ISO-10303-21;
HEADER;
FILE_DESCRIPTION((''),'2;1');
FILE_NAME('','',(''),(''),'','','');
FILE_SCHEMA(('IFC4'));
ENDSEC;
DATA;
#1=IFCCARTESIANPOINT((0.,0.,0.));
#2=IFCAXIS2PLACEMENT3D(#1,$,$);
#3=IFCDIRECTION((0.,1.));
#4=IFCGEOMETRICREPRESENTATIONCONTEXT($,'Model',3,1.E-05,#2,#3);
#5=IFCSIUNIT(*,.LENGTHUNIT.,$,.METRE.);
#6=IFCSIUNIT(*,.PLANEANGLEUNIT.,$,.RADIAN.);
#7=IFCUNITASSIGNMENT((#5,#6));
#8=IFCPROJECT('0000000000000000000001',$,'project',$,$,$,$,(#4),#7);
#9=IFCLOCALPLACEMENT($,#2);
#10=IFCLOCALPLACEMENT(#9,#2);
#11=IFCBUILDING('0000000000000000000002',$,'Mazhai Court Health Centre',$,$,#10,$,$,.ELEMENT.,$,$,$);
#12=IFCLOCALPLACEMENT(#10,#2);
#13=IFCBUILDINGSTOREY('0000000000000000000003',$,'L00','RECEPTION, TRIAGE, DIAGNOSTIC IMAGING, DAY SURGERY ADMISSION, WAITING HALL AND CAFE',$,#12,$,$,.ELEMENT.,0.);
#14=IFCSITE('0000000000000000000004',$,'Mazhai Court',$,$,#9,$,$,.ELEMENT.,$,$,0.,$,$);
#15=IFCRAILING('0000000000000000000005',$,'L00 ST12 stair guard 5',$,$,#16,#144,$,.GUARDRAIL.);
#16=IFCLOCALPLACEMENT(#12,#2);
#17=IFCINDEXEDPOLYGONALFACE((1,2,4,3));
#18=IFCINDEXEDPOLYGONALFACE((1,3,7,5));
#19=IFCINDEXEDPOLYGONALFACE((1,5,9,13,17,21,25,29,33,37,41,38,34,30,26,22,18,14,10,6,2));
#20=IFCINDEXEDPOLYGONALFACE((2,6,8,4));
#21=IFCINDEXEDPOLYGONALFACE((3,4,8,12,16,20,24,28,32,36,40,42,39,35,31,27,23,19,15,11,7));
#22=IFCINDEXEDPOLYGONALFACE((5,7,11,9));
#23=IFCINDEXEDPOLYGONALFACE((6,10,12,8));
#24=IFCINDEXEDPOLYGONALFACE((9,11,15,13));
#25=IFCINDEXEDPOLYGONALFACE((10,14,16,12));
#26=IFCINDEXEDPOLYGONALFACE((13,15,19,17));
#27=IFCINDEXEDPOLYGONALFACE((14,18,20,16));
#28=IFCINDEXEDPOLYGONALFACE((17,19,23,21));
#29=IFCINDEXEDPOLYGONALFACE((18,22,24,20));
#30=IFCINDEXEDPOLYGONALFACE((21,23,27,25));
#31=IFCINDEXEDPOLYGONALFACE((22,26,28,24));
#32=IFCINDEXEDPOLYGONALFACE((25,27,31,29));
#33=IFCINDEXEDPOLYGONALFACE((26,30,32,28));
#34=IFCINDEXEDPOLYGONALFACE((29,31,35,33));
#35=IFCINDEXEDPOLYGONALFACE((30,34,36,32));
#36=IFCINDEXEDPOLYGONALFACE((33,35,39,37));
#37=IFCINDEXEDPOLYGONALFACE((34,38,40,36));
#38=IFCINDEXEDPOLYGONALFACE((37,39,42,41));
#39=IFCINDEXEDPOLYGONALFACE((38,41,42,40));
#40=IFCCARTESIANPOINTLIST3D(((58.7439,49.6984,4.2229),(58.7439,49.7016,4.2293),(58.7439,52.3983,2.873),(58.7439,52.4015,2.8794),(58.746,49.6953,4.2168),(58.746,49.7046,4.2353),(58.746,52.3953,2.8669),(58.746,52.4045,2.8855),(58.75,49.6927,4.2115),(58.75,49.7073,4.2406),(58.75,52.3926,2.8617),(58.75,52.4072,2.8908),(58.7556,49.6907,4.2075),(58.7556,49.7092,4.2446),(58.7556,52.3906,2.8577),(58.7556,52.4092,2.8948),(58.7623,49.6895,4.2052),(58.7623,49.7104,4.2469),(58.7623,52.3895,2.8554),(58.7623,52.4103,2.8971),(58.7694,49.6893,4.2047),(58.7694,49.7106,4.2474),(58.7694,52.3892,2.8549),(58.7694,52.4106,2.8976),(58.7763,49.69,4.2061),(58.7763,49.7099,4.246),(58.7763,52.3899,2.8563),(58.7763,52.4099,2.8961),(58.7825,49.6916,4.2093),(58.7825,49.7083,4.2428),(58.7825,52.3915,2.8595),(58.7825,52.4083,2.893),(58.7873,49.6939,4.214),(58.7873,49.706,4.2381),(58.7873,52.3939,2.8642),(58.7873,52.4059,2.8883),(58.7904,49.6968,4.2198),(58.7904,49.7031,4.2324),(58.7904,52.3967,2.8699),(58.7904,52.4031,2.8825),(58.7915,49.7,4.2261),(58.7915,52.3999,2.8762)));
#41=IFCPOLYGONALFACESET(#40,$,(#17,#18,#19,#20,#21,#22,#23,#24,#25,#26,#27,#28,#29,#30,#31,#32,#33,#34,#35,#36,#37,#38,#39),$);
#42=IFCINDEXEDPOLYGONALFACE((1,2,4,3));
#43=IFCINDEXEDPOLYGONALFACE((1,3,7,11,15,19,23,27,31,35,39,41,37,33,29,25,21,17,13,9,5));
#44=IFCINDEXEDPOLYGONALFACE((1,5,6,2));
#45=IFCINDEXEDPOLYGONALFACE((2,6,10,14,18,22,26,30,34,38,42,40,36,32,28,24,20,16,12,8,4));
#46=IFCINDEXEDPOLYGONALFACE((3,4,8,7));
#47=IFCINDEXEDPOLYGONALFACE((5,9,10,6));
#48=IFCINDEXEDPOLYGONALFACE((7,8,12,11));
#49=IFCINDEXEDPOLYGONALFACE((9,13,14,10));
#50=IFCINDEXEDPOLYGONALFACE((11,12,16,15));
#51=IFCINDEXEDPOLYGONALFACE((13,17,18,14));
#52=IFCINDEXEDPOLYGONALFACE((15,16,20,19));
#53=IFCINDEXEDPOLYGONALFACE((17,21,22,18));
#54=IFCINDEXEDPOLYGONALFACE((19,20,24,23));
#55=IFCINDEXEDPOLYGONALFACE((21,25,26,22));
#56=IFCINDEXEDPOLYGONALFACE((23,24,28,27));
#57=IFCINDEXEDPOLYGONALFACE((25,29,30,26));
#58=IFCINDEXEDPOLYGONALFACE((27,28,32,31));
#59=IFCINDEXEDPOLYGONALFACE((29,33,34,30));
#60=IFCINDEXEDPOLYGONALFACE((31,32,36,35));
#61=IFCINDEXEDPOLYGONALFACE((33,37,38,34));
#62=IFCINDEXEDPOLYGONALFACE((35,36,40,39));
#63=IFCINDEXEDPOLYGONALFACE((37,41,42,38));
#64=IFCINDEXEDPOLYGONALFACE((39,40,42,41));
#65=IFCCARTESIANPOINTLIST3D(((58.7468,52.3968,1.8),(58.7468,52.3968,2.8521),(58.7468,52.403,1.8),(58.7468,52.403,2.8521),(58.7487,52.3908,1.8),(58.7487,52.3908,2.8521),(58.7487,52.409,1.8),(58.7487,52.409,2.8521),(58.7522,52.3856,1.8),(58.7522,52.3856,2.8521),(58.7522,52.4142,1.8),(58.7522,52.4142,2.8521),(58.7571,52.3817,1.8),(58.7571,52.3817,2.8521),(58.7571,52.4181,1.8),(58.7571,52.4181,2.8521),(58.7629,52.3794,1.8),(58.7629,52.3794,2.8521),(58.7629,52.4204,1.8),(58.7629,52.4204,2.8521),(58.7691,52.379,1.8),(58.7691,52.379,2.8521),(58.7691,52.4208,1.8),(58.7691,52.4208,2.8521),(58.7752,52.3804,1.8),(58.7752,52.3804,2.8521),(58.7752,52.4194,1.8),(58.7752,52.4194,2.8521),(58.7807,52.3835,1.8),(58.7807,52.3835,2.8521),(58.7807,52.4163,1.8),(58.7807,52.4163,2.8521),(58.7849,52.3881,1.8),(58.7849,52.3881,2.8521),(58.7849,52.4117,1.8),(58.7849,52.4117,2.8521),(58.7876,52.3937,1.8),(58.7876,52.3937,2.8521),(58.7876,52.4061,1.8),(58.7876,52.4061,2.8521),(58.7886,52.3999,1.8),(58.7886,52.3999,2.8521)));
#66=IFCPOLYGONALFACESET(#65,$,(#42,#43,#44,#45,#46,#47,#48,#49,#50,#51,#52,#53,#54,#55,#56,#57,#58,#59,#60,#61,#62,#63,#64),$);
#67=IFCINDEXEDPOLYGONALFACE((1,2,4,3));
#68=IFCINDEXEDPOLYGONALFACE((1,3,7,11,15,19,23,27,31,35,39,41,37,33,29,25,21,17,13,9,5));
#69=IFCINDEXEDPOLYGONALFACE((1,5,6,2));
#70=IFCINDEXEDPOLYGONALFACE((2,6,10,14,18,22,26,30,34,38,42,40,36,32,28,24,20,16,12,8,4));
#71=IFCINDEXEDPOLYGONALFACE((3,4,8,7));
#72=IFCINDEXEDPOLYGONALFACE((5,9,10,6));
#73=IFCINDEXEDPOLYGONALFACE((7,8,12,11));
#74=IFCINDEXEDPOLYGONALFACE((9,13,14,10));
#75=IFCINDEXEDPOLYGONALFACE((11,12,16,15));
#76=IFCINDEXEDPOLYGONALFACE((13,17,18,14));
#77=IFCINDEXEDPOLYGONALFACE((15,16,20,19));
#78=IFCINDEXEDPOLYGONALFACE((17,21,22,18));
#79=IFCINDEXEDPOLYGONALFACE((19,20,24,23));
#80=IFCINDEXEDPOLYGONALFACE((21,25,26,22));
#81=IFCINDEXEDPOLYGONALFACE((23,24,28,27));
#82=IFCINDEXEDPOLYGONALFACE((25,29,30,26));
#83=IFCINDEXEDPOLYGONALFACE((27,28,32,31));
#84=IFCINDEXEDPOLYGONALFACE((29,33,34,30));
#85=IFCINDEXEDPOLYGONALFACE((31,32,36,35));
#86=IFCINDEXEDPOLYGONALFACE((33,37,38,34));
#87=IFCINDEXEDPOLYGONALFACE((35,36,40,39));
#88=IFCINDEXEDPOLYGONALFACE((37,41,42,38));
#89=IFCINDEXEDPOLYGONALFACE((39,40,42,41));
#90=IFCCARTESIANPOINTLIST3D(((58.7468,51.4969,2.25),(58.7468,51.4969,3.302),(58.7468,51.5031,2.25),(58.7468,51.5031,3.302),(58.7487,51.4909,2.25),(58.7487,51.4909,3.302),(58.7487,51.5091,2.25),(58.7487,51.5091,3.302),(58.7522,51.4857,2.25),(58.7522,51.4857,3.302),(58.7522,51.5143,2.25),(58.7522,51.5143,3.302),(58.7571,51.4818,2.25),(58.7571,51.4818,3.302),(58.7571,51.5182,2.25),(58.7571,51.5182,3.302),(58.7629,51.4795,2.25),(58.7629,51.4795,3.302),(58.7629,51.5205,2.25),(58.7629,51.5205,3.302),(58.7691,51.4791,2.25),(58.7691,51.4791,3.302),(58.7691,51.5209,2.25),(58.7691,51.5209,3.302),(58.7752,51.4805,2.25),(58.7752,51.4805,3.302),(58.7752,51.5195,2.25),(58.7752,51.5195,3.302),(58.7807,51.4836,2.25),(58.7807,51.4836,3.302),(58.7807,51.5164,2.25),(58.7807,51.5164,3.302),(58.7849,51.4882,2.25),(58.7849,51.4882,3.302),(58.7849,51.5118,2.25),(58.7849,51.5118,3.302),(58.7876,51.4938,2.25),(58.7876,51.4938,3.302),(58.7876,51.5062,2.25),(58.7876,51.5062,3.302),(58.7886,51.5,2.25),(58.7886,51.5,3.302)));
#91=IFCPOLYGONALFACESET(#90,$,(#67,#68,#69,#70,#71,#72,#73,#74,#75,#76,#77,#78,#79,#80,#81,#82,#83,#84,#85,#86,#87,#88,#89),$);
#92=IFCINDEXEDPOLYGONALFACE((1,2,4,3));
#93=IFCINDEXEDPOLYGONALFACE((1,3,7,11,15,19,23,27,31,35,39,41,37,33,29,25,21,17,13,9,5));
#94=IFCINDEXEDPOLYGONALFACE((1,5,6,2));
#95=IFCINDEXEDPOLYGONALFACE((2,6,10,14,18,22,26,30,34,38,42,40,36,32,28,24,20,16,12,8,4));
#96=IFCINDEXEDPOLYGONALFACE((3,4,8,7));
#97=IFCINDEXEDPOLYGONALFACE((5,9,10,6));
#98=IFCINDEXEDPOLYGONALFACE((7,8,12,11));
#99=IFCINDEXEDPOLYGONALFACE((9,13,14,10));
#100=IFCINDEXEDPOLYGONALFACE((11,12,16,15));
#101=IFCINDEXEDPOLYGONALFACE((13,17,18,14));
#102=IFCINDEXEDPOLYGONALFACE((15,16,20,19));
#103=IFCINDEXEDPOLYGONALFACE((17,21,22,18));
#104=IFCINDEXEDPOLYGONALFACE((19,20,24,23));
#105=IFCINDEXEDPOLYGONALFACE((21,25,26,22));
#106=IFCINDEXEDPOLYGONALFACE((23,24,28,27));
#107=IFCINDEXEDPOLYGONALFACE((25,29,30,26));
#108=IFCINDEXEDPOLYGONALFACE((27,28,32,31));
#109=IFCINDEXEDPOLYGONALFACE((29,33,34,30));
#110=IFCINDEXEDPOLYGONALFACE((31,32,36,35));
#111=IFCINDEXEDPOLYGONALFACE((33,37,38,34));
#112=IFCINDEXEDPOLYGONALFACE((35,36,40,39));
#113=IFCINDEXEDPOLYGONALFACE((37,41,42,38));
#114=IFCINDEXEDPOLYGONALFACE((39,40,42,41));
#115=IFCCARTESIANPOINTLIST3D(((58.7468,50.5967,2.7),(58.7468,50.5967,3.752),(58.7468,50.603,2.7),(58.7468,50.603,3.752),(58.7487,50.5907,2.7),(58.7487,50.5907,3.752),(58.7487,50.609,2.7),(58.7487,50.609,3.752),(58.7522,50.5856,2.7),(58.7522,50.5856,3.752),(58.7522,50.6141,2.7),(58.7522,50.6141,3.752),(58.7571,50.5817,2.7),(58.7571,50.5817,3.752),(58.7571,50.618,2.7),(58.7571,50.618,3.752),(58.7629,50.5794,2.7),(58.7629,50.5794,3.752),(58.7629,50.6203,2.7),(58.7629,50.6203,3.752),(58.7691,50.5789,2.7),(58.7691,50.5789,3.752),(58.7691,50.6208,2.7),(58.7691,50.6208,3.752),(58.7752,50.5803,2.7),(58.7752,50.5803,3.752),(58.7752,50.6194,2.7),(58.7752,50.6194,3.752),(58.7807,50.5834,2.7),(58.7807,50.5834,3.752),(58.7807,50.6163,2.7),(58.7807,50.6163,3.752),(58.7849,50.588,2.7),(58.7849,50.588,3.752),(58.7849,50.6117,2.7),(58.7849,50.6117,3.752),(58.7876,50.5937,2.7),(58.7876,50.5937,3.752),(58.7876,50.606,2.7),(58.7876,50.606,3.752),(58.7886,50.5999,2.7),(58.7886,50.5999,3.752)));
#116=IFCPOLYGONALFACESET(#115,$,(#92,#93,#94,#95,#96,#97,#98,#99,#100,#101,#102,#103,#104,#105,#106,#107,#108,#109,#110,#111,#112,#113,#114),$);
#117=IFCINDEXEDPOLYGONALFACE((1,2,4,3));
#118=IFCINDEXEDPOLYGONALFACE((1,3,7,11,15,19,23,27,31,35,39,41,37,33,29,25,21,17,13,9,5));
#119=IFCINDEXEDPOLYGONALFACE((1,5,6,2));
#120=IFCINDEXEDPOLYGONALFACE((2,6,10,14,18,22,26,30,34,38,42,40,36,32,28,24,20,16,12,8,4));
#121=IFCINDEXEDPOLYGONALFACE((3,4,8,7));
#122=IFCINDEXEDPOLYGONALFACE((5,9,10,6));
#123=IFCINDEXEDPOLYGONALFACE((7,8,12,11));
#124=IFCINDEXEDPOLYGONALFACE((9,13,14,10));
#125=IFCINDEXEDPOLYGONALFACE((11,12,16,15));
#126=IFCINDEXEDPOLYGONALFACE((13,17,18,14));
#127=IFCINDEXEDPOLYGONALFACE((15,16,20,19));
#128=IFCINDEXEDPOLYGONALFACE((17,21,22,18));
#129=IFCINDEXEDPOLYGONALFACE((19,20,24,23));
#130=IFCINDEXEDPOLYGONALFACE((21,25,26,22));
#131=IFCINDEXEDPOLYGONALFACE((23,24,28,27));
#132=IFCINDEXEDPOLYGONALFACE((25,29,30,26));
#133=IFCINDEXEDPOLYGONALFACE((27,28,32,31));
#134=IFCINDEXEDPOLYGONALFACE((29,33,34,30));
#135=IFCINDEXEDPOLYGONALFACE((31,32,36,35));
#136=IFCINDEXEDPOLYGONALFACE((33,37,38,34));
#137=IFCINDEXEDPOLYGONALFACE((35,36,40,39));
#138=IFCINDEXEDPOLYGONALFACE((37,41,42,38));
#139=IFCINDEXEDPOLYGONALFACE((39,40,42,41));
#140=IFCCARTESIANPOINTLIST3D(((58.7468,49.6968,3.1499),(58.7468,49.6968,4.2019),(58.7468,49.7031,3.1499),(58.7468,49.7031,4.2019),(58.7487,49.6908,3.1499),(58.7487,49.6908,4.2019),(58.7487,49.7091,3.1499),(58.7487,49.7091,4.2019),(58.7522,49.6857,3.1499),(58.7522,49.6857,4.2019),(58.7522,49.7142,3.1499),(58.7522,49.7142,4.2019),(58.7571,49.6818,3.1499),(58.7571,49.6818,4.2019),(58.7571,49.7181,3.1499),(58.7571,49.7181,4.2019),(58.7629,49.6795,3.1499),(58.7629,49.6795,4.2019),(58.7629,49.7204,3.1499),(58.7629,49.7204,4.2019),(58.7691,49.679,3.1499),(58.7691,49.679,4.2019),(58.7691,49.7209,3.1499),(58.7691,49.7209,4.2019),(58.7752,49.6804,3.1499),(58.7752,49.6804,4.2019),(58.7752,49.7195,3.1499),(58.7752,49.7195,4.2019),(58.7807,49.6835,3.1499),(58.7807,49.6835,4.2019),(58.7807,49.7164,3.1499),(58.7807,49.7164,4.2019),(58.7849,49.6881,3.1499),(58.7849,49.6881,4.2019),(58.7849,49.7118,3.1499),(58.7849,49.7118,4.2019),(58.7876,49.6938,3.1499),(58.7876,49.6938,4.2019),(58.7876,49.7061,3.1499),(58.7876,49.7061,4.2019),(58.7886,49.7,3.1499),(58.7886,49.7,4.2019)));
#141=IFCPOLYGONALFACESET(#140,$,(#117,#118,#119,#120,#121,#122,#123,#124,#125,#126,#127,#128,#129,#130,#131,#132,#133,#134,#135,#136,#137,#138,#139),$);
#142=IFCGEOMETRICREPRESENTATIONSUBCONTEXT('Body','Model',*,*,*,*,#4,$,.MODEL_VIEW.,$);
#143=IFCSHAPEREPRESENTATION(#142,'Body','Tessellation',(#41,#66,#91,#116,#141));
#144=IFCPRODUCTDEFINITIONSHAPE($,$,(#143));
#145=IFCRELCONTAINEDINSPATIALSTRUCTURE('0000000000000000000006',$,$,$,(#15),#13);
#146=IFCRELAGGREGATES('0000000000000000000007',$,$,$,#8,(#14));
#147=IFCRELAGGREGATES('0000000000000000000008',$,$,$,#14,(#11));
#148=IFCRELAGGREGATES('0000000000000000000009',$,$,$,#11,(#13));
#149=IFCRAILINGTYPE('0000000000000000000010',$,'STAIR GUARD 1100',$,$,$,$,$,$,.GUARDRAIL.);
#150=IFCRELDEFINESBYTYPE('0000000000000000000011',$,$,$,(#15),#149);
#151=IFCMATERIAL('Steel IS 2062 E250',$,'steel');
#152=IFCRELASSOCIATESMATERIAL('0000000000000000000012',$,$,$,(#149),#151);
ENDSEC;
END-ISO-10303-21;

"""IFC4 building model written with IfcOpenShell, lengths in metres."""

from ifc_helpers import new_model, si_unit, direction, frame, origin, origin_2d, place, context, subcontext, project, spatial, circle, extrude, material, type_object, element, save


model = new_model("IFC4")

# Units and contexts
model_context = context("Model", 3, precision=1e-05, world=origin(), true_north=direction((0.0, 1.0)))
body_context = subcontext(model_context, "Body", "Model", "MODEL_VIEW")
ifc_project = project(units=[si_unit("LENGTHUNIT", "METRE"), si_unit("PLANEANGLEUNIT", "RADIAN")], contexts=[model_context])

# Site, building, storey
site_placement = place(None, origin())
site = spatial("IfcSite", under=ifc_project, at=site_placement, Name="Mazhai Court", CompositionType="ELEMENT", RefElevation=0.0)
building_placement = place(site_placement, origin())
building = spatial("IfcBuilding", under=site, at=building_placement, Name="Mazhai Court Health Centre", CompositionType="ELEMENT")
storey_placement = place(building_placement, origin())
storey = spatial("IfcBuildingStorey", under=building, at=storey_placement, Name="L00", Description="RECEPTION, TRIAGE, DIAGNOSTIC IMAGING, DAY SURGERY ADMISSION, WAITING HALL AND CAFE", CompositionType="ELEMENT", Elevation=0.0)

# Railing
ifc_material_1 = material(Name="Steel IS 2062 E250", Category="steel")
railing_type_1 = type_object("IfcRailingType", Name="STAIR GUARD 1100", PredefinedType="GUARDRAIL", material=ifc_material_1)
railing_1_placement = place(storey_placement, frame((58.7676, 52.3999, 1.8)))
element("IfcRailing", 1, at=railing_1_placement, inside=storey, type_object=railing_type_1, Name="L00 ST12 stair guard 5", PredefinedType="GUARDRAIL", context=body_context, shape_type="SweptSolid", body=[
    extrude(circle(Radius=0.0239, at=origin_2d()), frame((0.0, 0.0, 1.0762), z_axis=(0.0, -0.894443, 0.447181), x_axis=(1.0, 0.0, 0.0)), (0.0, 0.0, 1.0), 3.0186),
    extrude(circle(Radius=0.021, at=origin_2d()), origin(), (0.0, 0.0, 1.0), 1.052),
    extrude(circle(Radius=0.021, at=origin_2d()), frame((0.0, -0.8999, 0.45)), (0.0, 0.0, 1.0), 1.052),
    extrude(circle(Radius=0.021, at=origin_2d()), frame((0.0, -1.8, 0.8999)), (0.0, 0.0, 1.0), 1.052),
    extrude(circle(Radius=0.021, at=origin_2d()), frame((0.0, -2.7, 1.3499)), (0.0, 0.0, 1.0), 1.052),
])

save(model, "model.ifc")
